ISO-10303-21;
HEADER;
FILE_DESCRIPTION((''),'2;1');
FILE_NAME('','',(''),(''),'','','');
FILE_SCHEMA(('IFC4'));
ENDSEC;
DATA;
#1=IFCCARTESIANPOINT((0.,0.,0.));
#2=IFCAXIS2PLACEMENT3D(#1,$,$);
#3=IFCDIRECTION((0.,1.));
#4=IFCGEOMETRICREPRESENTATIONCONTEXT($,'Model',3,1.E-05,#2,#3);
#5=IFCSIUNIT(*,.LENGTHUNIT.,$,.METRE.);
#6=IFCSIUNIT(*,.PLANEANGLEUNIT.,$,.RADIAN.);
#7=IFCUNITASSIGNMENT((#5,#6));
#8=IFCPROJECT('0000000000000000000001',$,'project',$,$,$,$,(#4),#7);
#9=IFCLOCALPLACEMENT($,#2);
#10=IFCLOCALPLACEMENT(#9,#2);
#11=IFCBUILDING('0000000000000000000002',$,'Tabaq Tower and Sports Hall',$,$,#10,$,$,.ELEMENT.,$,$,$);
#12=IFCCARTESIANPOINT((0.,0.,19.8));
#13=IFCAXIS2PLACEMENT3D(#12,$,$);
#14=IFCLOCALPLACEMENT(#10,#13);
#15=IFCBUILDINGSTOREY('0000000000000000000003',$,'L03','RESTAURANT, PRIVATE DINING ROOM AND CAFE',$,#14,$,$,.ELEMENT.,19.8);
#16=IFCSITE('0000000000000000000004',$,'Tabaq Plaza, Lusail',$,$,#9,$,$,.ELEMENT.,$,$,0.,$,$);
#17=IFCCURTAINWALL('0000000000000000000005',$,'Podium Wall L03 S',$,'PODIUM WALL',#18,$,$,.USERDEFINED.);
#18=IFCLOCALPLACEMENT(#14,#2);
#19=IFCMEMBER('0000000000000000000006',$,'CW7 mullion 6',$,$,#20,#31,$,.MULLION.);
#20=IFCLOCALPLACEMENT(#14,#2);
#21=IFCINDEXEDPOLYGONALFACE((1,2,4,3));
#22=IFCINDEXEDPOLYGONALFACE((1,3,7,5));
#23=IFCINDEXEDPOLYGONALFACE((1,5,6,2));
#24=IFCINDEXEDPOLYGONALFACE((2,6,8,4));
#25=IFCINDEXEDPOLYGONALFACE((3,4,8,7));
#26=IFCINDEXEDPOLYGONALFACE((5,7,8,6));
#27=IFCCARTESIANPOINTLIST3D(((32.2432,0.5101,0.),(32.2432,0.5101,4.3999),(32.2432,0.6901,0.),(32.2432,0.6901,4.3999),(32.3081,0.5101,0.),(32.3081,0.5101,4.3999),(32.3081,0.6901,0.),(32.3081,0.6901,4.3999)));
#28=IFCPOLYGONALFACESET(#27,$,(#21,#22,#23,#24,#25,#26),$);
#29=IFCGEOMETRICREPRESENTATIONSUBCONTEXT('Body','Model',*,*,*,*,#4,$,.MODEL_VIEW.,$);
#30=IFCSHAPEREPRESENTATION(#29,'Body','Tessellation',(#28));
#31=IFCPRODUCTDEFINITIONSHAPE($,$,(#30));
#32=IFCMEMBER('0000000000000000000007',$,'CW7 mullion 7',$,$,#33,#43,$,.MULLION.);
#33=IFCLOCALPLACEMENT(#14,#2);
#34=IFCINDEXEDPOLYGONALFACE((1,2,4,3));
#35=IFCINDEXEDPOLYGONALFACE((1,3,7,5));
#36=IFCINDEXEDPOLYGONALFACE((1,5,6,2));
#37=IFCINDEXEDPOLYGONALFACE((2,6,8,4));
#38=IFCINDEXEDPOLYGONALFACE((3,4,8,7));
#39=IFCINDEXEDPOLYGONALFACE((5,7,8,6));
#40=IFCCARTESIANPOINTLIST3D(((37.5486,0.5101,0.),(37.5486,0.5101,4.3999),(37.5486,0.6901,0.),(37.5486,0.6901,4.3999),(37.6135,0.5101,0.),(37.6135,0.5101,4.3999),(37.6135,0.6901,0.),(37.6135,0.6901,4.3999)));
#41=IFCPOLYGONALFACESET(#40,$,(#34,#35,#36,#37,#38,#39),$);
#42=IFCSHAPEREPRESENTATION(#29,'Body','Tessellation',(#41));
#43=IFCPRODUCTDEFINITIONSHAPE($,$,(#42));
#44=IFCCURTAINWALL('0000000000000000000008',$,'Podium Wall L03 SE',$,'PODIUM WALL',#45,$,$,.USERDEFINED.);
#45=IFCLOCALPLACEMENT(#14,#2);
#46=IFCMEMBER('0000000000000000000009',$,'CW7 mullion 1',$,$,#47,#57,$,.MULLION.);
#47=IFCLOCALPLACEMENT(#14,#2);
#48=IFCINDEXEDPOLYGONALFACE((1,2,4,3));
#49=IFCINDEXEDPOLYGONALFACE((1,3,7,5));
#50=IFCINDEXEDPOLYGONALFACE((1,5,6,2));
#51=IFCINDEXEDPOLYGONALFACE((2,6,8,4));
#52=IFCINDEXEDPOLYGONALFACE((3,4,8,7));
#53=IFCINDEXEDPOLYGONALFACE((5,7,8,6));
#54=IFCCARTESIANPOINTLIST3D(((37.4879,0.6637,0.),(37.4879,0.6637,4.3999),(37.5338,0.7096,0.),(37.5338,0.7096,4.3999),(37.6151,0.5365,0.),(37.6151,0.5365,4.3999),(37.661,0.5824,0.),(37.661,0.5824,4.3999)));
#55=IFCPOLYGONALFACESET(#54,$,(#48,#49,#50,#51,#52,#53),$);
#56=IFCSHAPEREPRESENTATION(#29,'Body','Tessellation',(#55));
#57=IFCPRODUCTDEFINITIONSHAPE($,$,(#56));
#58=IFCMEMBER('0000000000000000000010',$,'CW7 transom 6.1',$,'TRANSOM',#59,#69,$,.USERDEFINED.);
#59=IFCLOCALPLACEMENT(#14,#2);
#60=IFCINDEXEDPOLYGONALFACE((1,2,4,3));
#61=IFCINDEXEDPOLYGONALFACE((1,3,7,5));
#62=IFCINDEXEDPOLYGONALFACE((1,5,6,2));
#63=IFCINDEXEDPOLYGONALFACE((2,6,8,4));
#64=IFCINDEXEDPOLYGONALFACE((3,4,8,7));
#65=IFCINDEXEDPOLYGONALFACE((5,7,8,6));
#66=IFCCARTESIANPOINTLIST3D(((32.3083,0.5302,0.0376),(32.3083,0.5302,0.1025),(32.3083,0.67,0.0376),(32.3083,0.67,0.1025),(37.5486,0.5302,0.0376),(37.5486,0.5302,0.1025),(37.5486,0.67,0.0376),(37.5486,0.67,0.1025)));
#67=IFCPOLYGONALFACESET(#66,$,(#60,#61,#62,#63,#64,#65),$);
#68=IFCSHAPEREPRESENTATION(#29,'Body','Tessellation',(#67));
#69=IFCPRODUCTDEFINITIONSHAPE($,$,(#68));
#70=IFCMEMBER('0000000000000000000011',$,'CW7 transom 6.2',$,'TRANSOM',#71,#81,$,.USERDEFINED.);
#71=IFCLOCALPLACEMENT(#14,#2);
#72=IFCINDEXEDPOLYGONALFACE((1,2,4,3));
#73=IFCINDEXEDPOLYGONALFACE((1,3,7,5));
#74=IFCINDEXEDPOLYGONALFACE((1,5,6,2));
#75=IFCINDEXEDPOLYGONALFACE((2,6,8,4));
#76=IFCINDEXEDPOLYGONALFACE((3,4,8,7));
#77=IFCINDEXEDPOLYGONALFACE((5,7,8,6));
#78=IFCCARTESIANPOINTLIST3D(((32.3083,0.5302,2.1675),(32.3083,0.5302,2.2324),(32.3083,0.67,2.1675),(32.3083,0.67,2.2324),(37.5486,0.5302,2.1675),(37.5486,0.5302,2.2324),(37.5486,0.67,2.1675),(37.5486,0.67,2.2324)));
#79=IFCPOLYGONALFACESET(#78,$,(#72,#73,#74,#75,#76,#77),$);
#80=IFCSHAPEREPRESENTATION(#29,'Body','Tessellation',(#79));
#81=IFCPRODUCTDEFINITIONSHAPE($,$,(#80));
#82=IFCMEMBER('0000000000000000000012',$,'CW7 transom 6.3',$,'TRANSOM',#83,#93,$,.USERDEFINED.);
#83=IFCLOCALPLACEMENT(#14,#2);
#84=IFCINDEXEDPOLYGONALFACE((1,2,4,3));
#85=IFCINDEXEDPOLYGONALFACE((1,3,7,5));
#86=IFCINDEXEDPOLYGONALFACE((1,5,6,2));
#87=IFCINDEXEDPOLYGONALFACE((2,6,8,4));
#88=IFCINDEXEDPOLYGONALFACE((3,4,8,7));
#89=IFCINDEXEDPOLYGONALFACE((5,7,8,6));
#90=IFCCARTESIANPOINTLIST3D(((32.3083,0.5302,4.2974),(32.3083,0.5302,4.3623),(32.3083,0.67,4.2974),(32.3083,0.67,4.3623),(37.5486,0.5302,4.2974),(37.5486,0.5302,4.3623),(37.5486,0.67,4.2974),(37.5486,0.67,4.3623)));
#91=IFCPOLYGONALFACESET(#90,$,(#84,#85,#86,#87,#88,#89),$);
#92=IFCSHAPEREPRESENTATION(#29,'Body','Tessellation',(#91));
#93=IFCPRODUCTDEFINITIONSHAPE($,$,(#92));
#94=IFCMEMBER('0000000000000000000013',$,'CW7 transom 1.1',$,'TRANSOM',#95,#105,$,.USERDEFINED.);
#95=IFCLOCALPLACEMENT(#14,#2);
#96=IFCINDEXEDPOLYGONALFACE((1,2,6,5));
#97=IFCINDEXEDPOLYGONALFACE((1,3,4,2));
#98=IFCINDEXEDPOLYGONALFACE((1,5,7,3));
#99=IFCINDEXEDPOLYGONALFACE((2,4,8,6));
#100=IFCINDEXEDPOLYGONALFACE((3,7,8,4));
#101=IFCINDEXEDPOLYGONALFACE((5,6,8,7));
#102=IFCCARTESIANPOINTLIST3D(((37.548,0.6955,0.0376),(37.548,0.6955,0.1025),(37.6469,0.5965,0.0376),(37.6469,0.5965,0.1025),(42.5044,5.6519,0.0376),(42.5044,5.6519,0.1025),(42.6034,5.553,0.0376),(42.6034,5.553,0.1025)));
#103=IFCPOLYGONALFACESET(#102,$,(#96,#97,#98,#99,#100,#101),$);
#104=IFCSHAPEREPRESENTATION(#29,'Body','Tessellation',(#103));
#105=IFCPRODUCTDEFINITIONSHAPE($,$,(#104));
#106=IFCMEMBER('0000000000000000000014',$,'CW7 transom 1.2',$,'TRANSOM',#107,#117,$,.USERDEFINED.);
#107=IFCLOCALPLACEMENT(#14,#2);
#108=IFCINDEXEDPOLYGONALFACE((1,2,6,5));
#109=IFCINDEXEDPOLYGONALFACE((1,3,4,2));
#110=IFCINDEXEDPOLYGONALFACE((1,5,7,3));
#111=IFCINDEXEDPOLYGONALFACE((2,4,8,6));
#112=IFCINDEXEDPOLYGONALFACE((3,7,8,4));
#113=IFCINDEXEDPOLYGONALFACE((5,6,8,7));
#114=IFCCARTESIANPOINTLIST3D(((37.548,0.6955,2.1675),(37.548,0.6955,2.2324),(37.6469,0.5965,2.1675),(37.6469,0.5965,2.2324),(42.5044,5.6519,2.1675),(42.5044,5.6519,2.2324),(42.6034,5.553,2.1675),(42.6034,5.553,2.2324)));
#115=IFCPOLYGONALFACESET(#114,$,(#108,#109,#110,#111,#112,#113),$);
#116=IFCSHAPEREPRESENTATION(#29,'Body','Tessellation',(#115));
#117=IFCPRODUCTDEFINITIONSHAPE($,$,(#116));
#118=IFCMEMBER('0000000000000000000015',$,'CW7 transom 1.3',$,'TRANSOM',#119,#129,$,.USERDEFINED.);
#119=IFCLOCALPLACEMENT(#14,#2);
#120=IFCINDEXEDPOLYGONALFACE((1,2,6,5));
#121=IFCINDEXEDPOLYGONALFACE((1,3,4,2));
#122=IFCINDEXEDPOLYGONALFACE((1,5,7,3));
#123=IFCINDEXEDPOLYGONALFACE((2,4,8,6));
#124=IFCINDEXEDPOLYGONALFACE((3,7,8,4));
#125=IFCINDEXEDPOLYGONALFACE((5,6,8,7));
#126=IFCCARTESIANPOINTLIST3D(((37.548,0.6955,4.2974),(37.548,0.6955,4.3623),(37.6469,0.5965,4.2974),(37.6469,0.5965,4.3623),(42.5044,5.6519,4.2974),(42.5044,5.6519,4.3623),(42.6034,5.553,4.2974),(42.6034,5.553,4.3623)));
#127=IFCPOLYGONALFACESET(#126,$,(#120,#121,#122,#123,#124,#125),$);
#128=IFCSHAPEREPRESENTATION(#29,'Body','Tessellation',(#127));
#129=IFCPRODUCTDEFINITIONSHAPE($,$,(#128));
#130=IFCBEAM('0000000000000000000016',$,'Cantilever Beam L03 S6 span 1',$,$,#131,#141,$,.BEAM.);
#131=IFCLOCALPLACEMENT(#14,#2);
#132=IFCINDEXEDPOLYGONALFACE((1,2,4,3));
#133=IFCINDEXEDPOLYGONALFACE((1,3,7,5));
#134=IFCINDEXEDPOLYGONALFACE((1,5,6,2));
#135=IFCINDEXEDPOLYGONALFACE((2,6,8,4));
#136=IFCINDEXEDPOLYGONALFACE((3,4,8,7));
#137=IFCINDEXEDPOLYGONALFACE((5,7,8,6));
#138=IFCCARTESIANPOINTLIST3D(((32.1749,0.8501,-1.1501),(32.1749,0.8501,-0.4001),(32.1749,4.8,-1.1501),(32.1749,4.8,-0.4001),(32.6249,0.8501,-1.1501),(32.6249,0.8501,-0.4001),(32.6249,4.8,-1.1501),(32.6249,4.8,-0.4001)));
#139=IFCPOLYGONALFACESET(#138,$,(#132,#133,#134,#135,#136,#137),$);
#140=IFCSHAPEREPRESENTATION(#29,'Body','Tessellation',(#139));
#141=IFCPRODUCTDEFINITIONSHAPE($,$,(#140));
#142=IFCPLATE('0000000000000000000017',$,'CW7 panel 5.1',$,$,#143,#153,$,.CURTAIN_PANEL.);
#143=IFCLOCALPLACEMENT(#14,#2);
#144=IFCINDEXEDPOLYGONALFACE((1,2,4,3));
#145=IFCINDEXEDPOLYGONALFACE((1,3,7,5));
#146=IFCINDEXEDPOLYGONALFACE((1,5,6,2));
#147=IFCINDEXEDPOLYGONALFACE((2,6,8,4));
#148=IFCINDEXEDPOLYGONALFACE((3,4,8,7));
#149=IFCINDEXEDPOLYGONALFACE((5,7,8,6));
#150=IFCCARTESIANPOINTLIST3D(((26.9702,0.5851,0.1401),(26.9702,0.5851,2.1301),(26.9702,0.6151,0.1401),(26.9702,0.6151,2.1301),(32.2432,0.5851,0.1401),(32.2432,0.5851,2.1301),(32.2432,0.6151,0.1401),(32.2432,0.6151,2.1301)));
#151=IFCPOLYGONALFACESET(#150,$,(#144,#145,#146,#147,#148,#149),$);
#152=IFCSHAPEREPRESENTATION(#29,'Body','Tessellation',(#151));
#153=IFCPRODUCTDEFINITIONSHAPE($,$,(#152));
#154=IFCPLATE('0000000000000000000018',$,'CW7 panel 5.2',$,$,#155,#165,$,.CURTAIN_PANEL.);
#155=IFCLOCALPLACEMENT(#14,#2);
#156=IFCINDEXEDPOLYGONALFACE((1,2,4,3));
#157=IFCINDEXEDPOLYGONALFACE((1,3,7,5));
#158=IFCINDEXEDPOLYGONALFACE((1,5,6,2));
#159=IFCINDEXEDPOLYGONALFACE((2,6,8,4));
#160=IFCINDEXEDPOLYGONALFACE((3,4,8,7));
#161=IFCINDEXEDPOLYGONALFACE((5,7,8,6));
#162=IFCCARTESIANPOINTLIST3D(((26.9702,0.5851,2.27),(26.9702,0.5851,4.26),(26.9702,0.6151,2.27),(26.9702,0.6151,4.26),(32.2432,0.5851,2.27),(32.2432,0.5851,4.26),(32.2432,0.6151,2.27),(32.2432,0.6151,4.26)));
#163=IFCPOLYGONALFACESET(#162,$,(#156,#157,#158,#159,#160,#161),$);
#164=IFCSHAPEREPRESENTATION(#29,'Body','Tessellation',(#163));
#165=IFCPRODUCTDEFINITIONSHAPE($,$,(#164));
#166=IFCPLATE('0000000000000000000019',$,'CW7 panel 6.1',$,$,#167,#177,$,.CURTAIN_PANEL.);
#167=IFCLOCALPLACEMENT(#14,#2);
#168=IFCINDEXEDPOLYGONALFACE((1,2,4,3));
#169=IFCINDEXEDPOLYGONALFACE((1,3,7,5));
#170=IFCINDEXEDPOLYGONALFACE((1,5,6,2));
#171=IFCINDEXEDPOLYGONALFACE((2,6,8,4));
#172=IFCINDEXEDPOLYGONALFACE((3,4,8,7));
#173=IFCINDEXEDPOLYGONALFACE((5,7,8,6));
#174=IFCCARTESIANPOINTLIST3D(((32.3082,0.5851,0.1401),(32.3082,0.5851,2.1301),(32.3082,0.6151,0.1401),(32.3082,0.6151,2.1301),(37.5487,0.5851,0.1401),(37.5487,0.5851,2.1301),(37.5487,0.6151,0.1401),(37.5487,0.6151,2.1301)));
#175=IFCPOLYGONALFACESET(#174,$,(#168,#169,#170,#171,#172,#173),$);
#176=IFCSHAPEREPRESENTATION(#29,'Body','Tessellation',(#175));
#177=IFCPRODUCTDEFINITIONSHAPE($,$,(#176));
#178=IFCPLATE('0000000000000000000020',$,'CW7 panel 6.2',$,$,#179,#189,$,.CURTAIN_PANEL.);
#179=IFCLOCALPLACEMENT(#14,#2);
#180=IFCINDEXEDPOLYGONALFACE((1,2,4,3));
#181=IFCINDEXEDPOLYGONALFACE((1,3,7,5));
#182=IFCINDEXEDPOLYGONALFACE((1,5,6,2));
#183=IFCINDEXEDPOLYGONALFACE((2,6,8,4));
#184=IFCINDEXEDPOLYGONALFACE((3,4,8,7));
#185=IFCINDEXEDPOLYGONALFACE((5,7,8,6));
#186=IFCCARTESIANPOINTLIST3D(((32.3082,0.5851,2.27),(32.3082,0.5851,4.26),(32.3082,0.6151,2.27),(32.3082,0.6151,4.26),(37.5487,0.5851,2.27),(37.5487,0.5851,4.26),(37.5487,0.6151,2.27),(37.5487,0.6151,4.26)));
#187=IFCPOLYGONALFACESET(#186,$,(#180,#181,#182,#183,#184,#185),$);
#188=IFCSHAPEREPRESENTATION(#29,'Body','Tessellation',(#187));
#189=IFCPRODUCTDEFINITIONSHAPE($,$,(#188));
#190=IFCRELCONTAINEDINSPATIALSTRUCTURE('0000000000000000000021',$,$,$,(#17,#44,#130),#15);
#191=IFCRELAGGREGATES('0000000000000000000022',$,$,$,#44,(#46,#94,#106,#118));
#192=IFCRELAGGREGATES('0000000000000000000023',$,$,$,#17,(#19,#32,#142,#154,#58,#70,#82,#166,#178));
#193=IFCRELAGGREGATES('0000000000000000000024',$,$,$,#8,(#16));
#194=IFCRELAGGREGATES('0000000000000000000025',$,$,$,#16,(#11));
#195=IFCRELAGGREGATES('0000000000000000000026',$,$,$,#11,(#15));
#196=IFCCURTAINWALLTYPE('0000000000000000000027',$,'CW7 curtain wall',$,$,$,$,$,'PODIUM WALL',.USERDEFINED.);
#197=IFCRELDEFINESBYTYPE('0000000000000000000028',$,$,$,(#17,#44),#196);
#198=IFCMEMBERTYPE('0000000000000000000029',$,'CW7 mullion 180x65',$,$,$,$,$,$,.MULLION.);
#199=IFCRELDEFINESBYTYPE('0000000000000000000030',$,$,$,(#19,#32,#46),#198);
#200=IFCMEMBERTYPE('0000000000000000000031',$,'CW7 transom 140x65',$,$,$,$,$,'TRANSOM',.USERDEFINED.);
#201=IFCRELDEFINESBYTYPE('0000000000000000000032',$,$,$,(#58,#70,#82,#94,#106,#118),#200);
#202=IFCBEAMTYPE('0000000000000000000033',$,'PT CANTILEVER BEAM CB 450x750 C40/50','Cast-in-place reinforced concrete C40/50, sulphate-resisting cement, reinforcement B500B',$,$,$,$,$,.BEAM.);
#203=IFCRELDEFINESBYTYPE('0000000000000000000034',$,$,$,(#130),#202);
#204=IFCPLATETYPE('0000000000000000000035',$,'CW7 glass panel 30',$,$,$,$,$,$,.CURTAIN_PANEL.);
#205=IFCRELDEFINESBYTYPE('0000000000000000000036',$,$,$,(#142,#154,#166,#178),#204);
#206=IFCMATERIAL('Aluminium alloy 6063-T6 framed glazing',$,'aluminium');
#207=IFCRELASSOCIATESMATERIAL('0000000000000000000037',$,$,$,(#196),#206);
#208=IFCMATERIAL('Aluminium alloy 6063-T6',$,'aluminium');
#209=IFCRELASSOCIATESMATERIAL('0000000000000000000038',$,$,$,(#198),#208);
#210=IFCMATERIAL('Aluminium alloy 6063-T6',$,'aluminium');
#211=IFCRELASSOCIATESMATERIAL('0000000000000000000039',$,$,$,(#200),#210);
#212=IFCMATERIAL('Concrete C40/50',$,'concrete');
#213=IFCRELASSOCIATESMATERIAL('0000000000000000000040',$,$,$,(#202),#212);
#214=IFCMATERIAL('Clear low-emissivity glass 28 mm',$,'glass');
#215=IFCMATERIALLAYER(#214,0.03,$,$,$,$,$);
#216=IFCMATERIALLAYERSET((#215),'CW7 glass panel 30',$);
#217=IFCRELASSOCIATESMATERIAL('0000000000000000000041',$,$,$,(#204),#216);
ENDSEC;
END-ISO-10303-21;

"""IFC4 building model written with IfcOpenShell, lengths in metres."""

from ifc_helpers import new_model, si_unit, direction, frame, origin, origin_2d, place, context, subcontext, project, spatial, rectangle, extrude, material, layer, layer_set, material_profile, profile_set, type_object, element, aggregate, save


model = new_model("IFC4")

# Units and contexts
model_context = context("Model", 3, precision=1e-05, world=origin(), true_north=direction((0.0, 1.0)))
body_context = subcontext(model_context, "Body", "Model", "MODEL_VIEW")
ifc_project = project(units=[si_unit("LENGTHUNIT", "METRE"), si_unit("PLANEANGLEUNIT", "RADIAN")], contexts=[model_context])

# Site, building, storey
site_placement = place(None, origin())
site = spatial("IfcSite", under=ifc_project, at=site_placement, Name="Tabaq Plaza, Lusail", CompositionType="ELEMENT", RefElevation=0.0)
building_placement = place(site_placement, origin())
building = spatial("IfcBuilding", under=site, at=building_placement, Name="Tabaq Tower and Sports Hall", CompositionType="ELEMENT")
storey_placement = place(building_placement, frame((0.0, 0.0, 19.8)))
storey = spatial("IfcBuildingStorey", under=building, at=storey_placement, Name="L03", Description="RESTAURANT, PRIVATE DINING ROOM AND CAFE", CompositionType="ELEMENT", Elevation=19.8)

# Curtain wall, members
ifc_material_1 = material(Name="Aluminium alloy 6063-T6 framed glazing", Category="aluminium")
curtain_wall_type = type_object("IfcCurtainWallType", Name="CW7 curtain wall", ElementType="PODIUM WALL", PredefinedType="USERDEFINED", material=ifc_material_1)
curtain_wall_1_placement = place(storey_placement, origin())
curtain_wall_1 = element("IfcCurtainWall", 1, at=curtain_wall_1_placement, inside=storey, type_object=curtain_wall_type, Name="Podium Wall L03 S", ObjectType="PODIUM WALL", PredefinedType="USERDEFINED")
ifc_material_2 = material(Name="Aluminium alloy 6063-T6", Category="aluminium")
ifc_material_profile_1 = material_profile(ifc_material_2, rectangle(XDim=0.1799, YDim=0.0649, at=origin_2d()), Name="MULLION 180x65")
ifc_profile_set_1 = profile_set([ifc_material_profile_1], Name="Aluminium alloy 6063-T6")
member_type_1 = type_object("IfcMemberType", Name="CW7 mullion 180x65", PredefinedType="MULLION", material=ifc_profile_set_1)
member_1_placement = place(storey_placement, frame((32.2756, 0.6001, 0.0), z_axis=(0.0, 0.0, 1.0), x_axis=(0.0, 1.0, 0.0)))
member_1 = element("IfcMember", 2, at=member_1_placement, type_object=member_type_1, Name="CW7 mullion 6", PredefinedType="MULLION", context=body_context, shape_type="SweptSolid", body=[
    extrude(rectangle(XDim=0.1799, YDim=0.0649, at=origin_2d()), origin(), (0.0, 0.0, 1.0), 4.3999),
])
member_2_placement = place(storey_placement, frame((37.5811, 0.6001, 0.0), z_axis=(0.0, 0.0, 1.0), x_axis=(0.0, 1.0, 0.0)))
member_2 = element("IfcMember", 3, at=member_2_placement, type_object=member_type_1, Name="CW7 mullion 7", PredefinedType="MULLION", context=body_context, shape_type="SweptSolid", body=[
    extrude(rectangle(XDim=0.1799, YDim=0.0649, at=origin_2d()), origin(), (0.0, 0.0, 1.0), 4.3999),
])

# Curtain wall, member
curtain_wall_2_placement = place(storey_placement, origin())
curtain_wall_2 = element("IfcCurtainWall", 4, at=curtain_wall_2_placement, inside=storey, type_object=curtain_wall_type, Name="Podium Wall L03 SE", ObjectType="PODIUM WALL", PredefinedType="USERDEFINED")
member_3_placement = place(storey_placement, frame((37.5745, 0.623, 0.0), z_axis=(0.0, 0.0, 1.0), x_axis=(-0.707107, 0.707107, 0.0)))
member_3 = element("IfcMember", 5, at=member_3_placement, type_object=member_type_1, Name="CW7 mullion 1", PredefinedType="MULLION", context=body_context, shape_type="SweptSolid", body=[
    extrude(rectangle(XDim=0.1799, YDim=0.0649, at=origin_2d()), origin(), (0.0, 0.0, 1.0), 4.3999),
])

# Members
ifc_material_3 = material(Name="Aluminium alloy 6063-T6", Category="aluminium")
ifc_material_profile_2 = material_profile(ifc_material_3, rectangle(XDim=0.1399, YDim=0.0649, at=origin_2d()), Name="TRANSOM 140x65")
ifc_profile_set_2 = profile_set([ifc_material_profile_2], Name="Aluminium alloy 6063-T6")
member_type_2 = type_object("IfcMemberType", Name="CW7 transom 140x65", ElementType="TRANSOM", PredefinedType="USERDEFINED", material=ifc_profile_set_2)
member_4_placement = place(storey_placement, frame((32.3083, 0.6001, 0.0701), z_axis=(1.0, 0.0, 0.0), x_axis=(0.0, 1.0, 0.0)))
member_4 = element("IfcMember", 6, at=member_4_placement, type_object=member_type_2, Name="CW7 transom 6.1", ObjectType="TRANSOM", PredefinedType="USERDEFINED", context=body_context, shape_type="SweptSolid", body=[
    extrude(rectangle(XDim=0.1399, YDim=0.0649, at=origin_2d()), origin(), (0.0, 0.0, 1.0), 5.2402),
])
member_5_placement = place(storey_placement, frame((32.3083, 0.6001, 2.2), z_axis=(1.0, 0.0, 0.0), x_axis=(0.0, 1.0, 0.0)))
member_5 = element("IfcMember", 7, at=member_5_placement, type_object=member_type_2, Name="CW7 transom 6.2", ObjectType="TRANSOM", PredefinedType="USERDEFINED", context=body_context, shape_type="SweptSolid", body=[
    extrude(rectangle(XDim=0.1399, YDim=0.0649, at=origin_2d()), origin(), (0.0, 0.0, 1.0), 5.2402),
])
member_6_placement = place(storey_placement, frame((32.3083, 0.6001, 4.3298), z_axis=(1.0, 0.0, 0.0), x_axis=(0.0, 1.0, 0.0)))
member_6 = element("IfcMember", 8, at=member_6_placement, type_object=member_type_2, Name="CW7 transom 6.3", ObjectType="TRANSOM", PredefinedType="USERDEFINED", context=body_context, shape_type="SweptSolid", body=[
    extrude(rectangle(XDim=0.1399, YDim=0.0649, at=origin_2d()), origin(), (0.0, 0.0, 1.0), 5.2402),
])
member_7_placement = place(storey_placement, frame((37.5974, 0.646, 0.0701), z_axis=(0.707107, 0.707107, 0.0), x_axis=(-0.707107, 0.707107, 0.0)))
member_7 = element("IfcMember", 9, at=member_7_placement, type_object=member_type_2, Name="CW7 transom 1.1", ObjectType="TRANSOM", PredefinedType="USERDEFINED", context=body_context, shape_type="SweptSolid", body=[
    extrude(rectangle(XDim=0.1399, YDim=0.0649, at=origin_2d()), origin(), (0.0, 0.0, 1.0), 7.0095),
])
member_8_placement = place(storey_placement, frame((37.5974, 0.646, 2.2), z_axis=(0.707107, 0.707107, 0.0), x_axis=(-0.707107, 0.707107, 0.0)))
member_8 = element("IfcMember", 10, at=member_8_placement, type_object=member_type_2, Name="CW7 transom 1.2", ObjectType="TRANSOM", PredefinedType="USERDEFINED", context=body_context, shape_type="SweptSolid", body=[
    extrude(rectangle(XDim=0.1399, YDim=0.0649, at=origin_2d()), origin(), (0.0, 0.0, 1.0), 7.0095),
])
member_9_placement = place(storey_placement, frame((37.5974, 0.646, 4.3298), z_axis=(0.707107, 0.707107, 0.0), x_axis=(-0.707107, 0.707107, 0.0)))
member_9 = element("IfcMember", 11, at=member_9_placement, type_object=member_type_2, Name="CW7 transom 1.3", ObjectType="TRANSOM", PredefinedType="USERDEFINED", context=body_context, shape_type="SweptSolid", body=[
    extrude(rectangle(XDim=0.1399, YDim=0.0649, at=origin_2d()), origin(), (0.0, 0.0, 1.0), 7.0095),
])
aggregate(curtain_wall_2, [member_3, member_7, member_8, member_9])

# Beam
ifc_material_4 = material(Name="Concrete C40/50", Category="concrete")
ifc_material_profile_3 = material_profile(ifc_material_4, rectangle(XDim=0.45, YDim=0.75, at=origin_2d()), Name="CB 450x750")
ifc_profile_set_3 = profile_set([ifc_material_profile_3], Name="Concrete C40/50")
beam_type = type_object("IfcBeamType", Name="PT CANTILEVER BEAM CB 450x750 C40/50", Description="Cast-in-place reinforced concrete C40/50, sulphate-resisting cement, reinforcement B500B", PredefinedType="BEAM", material=ifc_profile_set_3)
beam_placement = place(storey_placement, frame((32.3999, 0.8501, -0.7751), z_axis=(0.0, 1.0, 0.0), x_axis=(-1.0, 0.0, 0.0)))
element("IfcBeam", 12, at=beam_placement, inside=storey, type_object=beam_type, Name="Cantilever Beam L03 S6 span 1", PredefinedType="BEAM", context=body_context, shape_type="SweptSolid", body=[
    extrude(rectangle(XDim=0.45, YDim=0.75, at=origin_2d()), origin(), (0.0, 0.0, 1.0), 3.95),
])

# Plates
ifc_material_5 = material(Name="Clear low-emissivity glass 28 mm", Category="glass")
ifc_layer = layer(ifc_material_5, 0.03)
ifc_layer_set = layer_set([ifc_layer], Name="CW7 glass panel 30")
plate_type = type_object("IfcPlateType", Name="CW7 glass panel 30", PredefinedType="CURTAIN_PANEL", material=ifc_layer_set)
plate_1_placement = place(storey_placement, frame((29.6067, 0.6001, 0.1401), z_axis=(0.0, 0.0, 1.0), x_axis=(1.0, 0.0, 0.0)))
plate_1 = element("IfcPlate", 13, at=plate_1_placement, type_object=plate_type, Name="CW7 panel 5.1", PredefinedType="CURTAIN_PANEL", context=body_context, shape_type="SweptSolid", body=[
    extrude(rectangle(XDim=5.2729, YDim=0.03, at=origin_2d()), origin(), (0.0, 0.0, 1.0), 1.99),
])
plate_2_placement = place(storey_placement, frame((29.6067, 0.6001, 2.27), z_axis=(0.0, 0.0, 1.0), x_axis=(1.0, 0.0, 0.0)))
plate_2 = element("IfcPlate", 14, at=plate_2_placement, type_object=plate_type, Name="CW7 panel 5.2", PredefinedType="CURTAIN_PANEL", context=body_context, shape_type="SweptSolid", body=[
    extrude(rectangle(XDim=5.2729, YDim=0.03, at=origin_2d()), origin(), (0.0, 0.0, 1.0), 1.99),
])
plate_3_placement = place(storey_placement, frame((34.9285, 0.6001, 0.1401), z_axis=(0.0, 0.0, 1.0), x_axis=(1.0, 0.0, 0.0)))
plate_3 = element("IfcPlate", 15, at=plate_3_placement, type_object=plate_type, Name="CW7 panel 6.1", PredefinedType="CURTAIN_PANEL", context=body_context, shape_type="SweptSolid", body=[
    extrude(rectangle(XDim=5.2405, YDim=0.03, at=origin_2d()), origin(), (0.0, 0.0, 1.0), 1.99),
])
plate_4_placement = place(storey_placement, frame((34.9285, 0.6001, 2.27), z_axis=(0.0, 0.0, 1.0), x_axis=(1.0, 0.0, 0.0)))
plate_4 = element("IfcPlate", 16, at=plate_4_placement, type_object=plate_type, Name="CW7 panel 6.2", PredefinedType="CURTAIN_PANEL", context=body_context, shape_type="SweptSolid", body=[
    extrude(rectangle(XDim=5.2405, YDim=0.03, at=origin_2d()), origin(), (0.0, 0.0, 1.0), 1.99),
])
aggregate(curtain_wall_1, [member_1, member_2, plate_1, plate_2, member_4, member_5, member_6, plate_3, plate_4])

save(model, "model.ifc")
